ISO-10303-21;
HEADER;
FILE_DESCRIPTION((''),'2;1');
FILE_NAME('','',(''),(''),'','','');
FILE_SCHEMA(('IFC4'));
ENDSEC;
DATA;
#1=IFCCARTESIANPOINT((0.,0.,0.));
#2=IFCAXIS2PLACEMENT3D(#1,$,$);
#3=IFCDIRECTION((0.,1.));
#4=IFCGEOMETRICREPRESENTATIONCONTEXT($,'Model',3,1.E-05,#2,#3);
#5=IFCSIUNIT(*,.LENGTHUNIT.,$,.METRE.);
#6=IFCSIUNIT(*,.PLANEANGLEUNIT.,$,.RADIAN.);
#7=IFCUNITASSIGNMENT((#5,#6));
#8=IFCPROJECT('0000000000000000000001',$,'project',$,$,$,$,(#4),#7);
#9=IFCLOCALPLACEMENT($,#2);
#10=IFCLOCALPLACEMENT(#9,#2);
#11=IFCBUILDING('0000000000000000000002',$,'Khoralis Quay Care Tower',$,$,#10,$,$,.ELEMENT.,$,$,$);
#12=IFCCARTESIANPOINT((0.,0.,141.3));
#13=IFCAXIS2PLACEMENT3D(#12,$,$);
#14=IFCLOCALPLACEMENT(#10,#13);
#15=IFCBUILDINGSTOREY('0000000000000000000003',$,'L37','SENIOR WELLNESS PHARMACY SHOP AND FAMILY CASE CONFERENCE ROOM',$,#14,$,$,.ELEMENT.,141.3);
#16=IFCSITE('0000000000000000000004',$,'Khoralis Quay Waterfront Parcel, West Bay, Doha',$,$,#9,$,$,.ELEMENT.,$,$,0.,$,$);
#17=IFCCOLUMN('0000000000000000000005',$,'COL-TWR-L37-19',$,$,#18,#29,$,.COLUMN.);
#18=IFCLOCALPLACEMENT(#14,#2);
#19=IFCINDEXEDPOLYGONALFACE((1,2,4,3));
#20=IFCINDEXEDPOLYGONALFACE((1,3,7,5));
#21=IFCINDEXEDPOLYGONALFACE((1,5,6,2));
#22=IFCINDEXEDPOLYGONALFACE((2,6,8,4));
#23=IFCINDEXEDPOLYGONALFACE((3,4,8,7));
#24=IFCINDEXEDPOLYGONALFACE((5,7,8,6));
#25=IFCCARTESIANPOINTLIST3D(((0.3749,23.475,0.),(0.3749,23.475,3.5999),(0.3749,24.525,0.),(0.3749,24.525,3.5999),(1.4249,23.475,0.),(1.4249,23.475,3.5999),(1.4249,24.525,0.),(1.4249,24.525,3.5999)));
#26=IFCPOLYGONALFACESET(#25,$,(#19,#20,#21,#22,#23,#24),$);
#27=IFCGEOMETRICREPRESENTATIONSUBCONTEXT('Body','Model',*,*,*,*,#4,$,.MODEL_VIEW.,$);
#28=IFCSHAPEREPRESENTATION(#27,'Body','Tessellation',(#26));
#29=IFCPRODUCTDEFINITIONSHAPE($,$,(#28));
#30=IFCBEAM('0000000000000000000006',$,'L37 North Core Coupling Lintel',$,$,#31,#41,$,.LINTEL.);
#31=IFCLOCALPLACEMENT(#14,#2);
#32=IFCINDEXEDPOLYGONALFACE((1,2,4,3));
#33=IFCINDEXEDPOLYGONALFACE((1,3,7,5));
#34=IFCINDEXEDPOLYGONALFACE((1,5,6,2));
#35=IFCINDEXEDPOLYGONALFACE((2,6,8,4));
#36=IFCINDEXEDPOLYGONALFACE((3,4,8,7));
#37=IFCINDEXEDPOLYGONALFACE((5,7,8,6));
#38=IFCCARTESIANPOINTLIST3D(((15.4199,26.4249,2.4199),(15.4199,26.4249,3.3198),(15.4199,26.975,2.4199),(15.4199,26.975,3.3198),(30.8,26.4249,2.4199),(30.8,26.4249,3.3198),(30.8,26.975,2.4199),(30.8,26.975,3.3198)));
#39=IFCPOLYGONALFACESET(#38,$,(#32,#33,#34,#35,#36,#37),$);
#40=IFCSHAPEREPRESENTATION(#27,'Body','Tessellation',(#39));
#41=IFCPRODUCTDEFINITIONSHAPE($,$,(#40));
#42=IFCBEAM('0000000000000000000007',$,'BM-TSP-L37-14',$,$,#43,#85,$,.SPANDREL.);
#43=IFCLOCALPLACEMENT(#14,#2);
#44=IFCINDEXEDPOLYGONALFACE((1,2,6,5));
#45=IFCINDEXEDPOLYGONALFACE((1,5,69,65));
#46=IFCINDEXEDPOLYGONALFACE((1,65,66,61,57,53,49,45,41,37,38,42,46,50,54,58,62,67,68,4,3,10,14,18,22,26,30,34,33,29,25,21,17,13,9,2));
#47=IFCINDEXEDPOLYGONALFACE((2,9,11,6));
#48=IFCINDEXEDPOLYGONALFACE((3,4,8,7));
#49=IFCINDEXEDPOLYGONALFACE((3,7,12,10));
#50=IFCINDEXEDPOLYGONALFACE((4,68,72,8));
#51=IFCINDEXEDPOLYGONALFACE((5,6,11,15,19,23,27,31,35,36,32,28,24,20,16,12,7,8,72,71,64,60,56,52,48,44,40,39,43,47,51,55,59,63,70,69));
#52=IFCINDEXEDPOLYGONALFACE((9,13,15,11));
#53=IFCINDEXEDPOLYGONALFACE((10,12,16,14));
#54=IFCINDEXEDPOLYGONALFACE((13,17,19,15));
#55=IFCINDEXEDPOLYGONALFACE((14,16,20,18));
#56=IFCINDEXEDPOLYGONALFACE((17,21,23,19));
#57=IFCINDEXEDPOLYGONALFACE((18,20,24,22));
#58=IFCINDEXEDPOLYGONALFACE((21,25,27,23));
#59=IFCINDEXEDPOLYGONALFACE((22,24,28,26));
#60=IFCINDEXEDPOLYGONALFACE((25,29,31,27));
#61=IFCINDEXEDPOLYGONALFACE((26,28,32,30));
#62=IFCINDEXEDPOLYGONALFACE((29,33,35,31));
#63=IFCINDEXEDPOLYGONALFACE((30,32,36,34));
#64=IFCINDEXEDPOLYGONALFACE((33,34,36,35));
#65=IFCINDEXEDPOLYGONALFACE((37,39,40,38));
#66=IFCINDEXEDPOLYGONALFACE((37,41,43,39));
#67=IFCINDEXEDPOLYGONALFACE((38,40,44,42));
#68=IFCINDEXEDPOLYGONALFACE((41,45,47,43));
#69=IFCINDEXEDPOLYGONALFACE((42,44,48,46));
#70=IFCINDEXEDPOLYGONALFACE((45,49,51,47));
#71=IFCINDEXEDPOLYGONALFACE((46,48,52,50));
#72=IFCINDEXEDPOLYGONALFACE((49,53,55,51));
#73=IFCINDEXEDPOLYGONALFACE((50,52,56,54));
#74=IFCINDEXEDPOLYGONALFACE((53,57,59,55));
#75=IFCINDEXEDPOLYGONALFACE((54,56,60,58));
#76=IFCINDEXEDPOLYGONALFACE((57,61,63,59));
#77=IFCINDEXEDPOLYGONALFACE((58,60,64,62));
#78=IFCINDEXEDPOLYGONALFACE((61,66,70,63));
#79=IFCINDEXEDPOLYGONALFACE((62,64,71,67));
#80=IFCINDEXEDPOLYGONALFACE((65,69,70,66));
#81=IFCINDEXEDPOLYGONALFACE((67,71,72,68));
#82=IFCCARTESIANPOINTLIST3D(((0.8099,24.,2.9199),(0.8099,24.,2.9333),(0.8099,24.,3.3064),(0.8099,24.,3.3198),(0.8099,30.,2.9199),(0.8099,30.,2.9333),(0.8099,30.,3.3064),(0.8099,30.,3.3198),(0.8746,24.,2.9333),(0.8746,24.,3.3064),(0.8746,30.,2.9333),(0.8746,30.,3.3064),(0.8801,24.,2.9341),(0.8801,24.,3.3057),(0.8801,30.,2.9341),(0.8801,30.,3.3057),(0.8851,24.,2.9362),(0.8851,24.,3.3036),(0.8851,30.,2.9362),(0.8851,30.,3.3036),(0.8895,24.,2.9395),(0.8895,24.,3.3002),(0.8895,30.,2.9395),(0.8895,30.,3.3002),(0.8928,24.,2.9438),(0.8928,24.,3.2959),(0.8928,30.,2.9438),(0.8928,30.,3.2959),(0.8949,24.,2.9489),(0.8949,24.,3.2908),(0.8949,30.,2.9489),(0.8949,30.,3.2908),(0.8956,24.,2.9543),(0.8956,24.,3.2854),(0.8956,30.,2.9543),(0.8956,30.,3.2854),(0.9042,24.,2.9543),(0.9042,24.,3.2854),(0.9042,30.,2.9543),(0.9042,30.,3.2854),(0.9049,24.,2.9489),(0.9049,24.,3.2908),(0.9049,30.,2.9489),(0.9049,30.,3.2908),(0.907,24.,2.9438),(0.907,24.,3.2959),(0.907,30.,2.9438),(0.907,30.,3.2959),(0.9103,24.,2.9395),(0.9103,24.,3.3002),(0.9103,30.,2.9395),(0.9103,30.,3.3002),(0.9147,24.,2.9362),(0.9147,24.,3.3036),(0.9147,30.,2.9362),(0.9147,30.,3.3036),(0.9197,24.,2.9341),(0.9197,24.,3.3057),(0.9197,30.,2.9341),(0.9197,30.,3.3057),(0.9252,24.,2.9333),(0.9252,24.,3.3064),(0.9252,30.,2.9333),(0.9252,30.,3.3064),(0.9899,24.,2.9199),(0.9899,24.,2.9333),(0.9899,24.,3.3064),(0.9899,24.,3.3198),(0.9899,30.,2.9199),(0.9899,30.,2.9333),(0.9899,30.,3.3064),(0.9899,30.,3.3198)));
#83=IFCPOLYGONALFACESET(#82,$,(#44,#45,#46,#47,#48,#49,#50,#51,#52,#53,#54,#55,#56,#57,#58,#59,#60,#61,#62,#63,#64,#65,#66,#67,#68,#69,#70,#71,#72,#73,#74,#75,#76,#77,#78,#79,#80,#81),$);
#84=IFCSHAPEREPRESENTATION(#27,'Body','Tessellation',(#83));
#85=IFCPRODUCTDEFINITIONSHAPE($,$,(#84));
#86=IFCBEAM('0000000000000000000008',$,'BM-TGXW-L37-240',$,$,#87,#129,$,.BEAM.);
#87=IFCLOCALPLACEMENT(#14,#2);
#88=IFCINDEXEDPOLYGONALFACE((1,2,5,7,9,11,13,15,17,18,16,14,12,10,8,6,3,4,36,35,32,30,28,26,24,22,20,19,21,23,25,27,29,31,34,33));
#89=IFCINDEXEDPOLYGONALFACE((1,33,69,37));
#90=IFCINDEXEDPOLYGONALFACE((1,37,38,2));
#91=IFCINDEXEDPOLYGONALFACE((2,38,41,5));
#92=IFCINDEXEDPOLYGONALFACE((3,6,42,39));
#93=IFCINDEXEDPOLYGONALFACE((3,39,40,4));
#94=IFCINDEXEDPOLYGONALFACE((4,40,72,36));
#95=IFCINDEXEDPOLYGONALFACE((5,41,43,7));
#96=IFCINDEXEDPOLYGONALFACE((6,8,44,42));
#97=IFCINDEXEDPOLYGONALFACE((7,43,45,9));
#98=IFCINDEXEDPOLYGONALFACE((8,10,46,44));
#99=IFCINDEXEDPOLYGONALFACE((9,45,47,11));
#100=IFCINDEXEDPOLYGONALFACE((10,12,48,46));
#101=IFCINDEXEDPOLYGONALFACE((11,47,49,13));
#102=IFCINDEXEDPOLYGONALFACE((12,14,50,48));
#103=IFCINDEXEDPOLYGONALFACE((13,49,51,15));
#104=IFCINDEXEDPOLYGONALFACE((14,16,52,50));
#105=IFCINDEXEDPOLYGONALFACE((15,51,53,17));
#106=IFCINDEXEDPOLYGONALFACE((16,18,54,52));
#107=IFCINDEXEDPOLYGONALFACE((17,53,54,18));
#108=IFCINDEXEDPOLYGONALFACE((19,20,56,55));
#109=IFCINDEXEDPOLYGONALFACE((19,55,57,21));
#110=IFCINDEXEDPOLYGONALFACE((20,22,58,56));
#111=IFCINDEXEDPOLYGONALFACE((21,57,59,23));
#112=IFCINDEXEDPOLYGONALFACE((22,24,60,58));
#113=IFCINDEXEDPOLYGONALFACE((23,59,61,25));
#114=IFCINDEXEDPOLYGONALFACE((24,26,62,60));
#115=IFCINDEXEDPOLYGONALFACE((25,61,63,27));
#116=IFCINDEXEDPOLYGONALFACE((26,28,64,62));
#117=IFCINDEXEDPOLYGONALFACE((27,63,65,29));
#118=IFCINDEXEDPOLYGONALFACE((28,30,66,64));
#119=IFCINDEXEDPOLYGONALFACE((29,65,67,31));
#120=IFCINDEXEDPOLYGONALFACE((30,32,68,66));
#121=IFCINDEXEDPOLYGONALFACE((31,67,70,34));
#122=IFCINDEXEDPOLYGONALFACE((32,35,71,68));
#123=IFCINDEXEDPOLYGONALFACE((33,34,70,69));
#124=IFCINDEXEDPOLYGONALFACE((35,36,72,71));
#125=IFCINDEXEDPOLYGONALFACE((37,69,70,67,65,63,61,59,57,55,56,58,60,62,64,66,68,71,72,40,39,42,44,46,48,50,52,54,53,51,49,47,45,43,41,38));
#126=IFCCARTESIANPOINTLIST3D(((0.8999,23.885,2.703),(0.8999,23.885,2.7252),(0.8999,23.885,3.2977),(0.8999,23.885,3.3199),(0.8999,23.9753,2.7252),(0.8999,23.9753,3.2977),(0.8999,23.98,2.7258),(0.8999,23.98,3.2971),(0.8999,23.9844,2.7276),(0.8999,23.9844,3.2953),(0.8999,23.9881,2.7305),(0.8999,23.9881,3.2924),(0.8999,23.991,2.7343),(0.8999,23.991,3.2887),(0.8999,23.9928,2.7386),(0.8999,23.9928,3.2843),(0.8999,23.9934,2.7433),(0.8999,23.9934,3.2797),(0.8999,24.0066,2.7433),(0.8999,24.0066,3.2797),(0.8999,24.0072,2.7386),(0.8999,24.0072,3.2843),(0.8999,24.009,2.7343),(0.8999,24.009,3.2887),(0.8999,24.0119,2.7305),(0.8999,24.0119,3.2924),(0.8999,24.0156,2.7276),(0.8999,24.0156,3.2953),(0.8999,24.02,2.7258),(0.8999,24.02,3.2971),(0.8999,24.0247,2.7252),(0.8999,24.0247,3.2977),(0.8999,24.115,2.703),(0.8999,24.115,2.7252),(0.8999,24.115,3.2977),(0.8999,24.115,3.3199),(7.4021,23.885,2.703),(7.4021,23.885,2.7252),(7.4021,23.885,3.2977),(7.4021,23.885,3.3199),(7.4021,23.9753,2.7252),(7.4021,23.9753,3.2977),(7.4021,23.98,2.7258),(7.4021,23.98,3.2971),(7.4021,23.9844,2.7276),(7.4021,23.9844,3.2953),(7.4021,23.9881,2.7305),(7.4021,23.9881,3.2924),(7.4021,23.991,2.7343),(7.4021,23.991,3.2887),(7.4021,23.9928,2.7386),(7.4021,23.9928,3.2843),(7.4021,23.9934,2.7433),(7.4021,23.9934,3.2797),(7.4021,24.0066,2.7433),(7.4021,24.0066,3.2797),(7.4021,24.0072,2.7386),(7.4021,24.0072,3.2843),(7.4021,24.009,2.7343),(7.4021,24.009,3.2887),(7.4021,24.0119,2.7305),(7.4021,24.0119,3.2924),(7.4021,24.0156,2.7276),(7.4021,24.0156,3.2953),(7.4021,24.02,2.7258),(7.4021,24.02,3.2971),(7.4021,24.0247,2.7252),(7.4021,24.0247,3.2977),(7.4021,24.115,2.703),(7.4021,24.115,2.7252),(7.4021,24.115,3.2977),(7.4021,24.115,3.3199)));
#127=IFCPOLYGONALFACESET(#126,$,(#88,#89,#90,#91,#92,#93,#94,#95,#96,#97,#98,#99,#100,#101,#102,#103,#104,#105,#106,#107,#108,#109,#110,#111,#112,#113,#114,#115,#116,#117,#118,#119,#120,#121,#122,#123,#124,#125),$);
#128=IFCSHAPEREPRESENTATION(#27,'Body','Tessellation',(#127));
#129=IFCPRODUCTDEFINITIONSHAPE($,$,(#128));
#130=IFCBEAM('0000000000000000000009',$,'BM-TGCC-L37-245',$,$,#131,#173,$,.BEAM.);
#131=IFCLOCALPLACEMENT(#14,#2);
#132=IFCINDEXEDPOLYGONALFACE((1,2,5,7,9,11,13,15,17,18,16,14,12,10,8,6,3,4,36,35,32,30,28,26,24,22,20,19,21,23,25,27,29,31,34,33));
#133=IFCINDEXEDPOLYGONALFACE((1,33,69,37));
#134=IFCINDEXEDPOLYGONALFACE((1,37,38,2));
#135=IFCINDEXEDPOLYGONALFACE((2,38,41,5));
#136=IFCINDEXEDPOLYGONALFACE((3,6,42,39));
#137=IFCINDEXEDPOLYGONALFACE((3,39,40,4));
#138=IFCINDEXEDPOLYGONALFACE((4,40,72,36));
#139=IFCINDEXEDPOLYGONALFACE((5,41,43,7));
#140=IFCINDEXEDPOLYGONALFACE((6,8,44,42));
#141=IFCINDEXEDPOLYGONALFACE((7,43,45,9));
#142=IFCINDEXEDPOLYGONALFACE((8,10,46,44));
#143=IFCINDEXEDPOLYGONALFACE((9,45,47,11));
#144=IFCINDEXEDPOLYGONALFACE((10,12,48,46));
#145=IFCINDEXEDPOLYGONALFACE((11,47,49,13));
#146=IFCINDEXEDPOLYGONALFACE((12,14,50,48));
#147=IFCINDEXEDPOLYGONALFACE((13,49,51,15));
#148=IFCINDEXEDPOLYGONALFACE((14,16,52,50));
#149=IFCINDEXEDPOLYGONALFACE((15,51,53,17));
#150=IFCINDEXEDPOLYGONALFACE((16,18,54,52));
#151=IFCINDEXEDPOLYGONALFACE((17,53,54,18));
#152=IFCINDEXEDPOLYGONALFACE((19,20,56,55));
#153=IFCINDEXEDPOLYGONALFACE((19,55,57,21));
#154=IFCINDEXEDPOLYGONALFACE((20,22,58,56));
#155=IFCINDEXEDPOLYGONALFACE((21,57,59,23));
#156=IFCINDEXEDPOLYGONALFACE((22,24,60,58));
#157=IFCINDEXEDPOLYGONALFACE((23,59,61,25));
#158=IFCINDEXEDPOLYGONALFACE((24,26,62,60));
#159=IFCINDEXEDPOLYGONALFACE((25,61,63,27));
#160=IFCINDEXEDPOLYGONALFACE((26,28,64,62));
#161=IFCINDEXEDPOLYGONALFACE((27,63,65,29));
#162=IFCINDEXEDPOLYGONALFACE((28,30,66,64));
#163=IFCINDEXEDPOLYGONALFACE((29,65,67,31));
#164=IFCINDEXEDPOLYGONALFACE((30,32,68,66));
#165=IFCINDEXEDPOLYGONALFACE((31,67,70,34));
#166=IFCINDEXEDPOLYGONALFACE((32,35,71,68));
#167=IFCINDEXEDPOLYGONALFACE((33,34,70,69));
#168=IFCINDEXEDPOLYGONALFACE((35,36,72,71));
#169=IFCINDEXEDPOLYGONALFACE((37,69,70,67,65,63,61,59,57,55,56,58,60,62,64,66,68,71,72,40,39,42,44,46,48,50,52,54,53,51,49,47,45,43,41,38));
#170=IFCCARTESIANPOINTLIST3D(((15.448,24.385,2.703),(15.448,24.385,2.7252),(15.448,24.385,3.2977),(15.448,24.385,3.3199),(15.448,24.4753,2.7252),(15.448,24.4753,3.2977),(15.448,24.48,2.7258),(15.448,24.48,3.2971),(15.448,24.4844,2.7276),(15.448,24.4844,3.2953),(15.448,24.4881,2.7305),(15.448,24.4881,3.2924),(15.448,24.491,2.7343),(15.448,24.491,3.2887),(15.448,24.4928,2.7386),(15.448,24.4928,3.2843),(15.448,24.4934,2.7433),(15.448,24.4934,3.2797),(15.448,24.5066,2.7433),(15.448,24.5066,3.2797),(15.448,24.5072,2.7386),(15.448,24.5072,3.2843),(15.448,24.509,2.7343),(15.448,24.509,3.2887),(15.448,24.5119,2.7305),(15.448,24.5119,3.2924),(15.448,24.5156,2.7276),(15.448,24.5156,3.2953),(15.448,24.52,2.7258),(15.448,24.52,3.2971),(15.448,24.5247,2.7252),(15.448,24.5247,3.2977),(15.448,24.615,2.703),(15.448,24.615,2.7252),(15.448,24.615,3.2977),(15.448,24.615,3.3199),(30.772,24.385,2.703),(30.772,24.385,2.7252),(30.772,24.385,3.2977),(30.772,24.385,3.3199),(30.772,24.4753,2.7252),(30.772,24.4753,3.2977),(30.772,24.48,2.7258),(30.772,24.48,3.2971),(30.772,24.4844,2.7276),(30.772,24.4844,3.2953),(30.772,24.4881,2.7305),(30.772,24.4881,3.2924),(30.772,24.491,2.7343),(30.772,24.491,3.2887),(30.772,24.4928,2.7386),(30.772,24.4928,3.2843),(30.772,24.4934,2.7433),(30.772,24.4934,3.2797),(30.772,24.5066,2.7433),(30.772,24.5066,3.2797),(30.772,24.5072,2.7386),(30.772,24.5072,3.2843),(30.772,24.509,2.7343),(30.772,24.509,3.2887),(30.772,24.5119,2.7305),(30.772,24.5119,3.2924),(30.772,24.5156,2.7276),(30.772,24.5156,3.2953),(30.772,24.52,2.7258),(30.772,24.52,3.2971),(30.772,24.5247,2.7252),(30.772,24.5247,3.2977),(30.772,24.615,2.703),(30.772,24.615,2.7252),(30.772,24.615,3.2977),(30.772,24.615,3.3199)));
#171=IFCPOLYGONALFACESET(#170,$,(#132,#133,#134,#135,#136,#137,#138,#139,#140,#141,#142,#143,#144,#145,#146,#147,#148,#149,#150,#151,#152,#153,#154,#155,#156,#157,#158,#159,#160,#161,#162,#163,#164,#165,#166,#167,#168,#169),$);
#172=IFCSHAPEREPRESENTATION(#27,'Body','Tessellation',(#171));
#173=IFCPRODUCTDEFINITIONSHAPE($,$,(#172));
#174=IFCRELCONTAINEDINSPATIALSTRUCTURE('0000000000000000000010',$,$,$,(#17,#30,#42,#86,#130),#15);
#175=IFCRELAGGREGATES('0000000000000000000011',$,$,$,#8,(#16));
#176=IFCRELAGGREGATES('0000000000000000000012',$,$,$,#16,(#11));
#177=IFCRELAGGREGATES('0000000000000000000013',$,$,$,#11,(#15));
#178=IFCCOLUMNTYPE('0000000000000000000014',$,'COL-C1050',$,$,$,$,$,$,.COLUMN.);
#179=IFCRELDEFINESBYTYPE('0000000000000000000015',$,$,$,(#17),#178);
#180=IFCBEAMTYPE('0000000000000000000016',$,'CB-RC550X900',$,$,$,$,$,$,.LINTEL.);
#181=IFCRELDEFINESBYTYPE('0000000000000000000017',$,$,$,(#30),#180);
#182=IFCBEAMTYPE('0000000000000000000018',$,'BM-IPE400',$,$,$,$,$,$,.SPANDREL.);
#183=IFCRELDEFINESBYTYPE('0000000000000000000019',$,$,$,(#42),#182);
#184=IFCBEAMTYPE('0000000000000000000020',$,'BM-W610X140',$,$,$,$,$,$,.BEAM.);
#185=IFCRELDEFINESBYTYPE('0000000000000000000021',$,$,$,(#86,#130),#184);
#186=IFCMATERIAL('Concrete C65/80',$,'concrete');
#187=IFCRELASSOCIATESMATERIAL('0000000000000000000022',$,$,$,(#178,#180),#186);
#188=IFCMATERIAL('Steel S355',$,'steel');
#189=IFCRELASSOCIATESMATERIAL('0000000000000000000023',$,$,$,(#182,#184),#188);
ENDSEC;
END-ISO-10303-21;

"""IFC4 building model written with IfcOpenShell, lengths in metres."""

from ifc_helpers import new_model, si_unit, direction, frame, origin, origin_2d, place, context, subcontext, project, spatial, rectangle, i_section, extrude, source, transform, mapped, material, material_profile, profile_set, type_object, element, save


model = new_model("IFC4")

# Units and contexts
model_context = context("Model", 3, precision=1e-05, world=origin(), true_north=direction((0.0, 1.0)))
body_context = subcontext(model_context, "Body", "Model", "MODEL_VIEW")
ifc_project = project(units=[si_unit("LENGTHUNIT", "METRE"), si_unit("PLANEANGLEUNIT", "RADIAN")], contexts=[model_context])

# Site, building, storey
site_placement = place(None, origin())
site = spatial("IfcSite", under=ifc_project, at=site_placement, Name="Khoralis Quay Waterfront Parcel, West Bay, Doha", CompositionType="ELEMENT", RefElevation=0.0)
building_placement = place(site_placement, origin())
building = spatial("IfcBuilding", under=site, at=building_placement, Name="Khoralis Quay Care Tower", CompositionType="ELEMENT")
storey_placement = place(building_placement, frame((0.0, 0.0, 141.3)))
storey = spatial("IfcBuildingStorey", under=building, at=storey_placement, Name="L37", Description="SENIOR WELLNESS PHARMACY SHOP AND FAMILY CASE CONFERENCE ROOM", CompositionType="ELEMENT", Elevation=141.3)

# Column
ifc_material_1 = material(Name="Concrete C65/80", Category="concrete")
ifc_material_profile_1 = material_profile(ifc_material_1, rectangle(XDim=1.05, YDim=1.05, at=origin_2d()), Name="Concrete C65/80")
ifc_profile_set_1 = profile_set([ifc_material_profile_1], Name="Concrete C65/80")
column_type = type_object("IfcColumnType", Name="COL-C1050", PredefinedType="COLUMN", material=ifc_profile_set_1)
shared_shape_1 = source(origin(), body_context, "Body", "SweptSolid", [
    extrude(rectangle(XDim=1.05, YDim=1.05, at=origin_2d()), origin(), (0.0, 0.0, 1.0), 3.5999),
])
column_placement = place(storey_placement, frame((0.8999, 24.0, 0.0), z_axis=(0.0, 0.0, 1.0), x_axis=(1.0, 0.0, 0.0)))
element("IfcColumn", 1, at=column_placement, inside=storey, type_object=column_type, Name="COL-TWR-L37-19", PredefinedType="COLUMN", context=body_context, shape_type="MappedRepresentation", body=[
    mapped(shared_shape_1, transform((0.0, 0.0, 0.0), scale=1.0)),
])

# Beams
ifc_material_profile_2 = material_profile(ifc_material_1, rectangle(XDim=0.55, YDim=0.8999, at=origin_2d()), Name="Concrete C65/80")
ifc_profile_set_2 = profile_set([ifc_material_profile_2], Name="Concrete C65/80")
beam_type_1 = type_object("IfcBeamType", Name="CB-RC550X900", PredefinedType="LINTEL", material=ifc_profile_set_2)
shared_shape_2 = source(origin(), body_context, "Body", "SweptSolid", [
    extrude(rectangle(XDim=0.55, YDim=0.8999, at=origin_2d()), origin(), (0.0, 0.0, 1.0), 15.3801),
])
beam_1_placement = place(storey_placement, frame((15.4199, 26.7, 2.8699), z_axis=(1.0, 0.0, 0.0), x_axis=(0.0, 1.0, 0.0)))
element("IfcBeam", 2, at=beam_1_placement, inside=storey, type_object=beam_type_1, Name="L37 North Core Coupling Lintel", PredefinedType="LINTEL", context=body_context, shape_type="MappedRepresentation", body=[
    mapped(shared_shape_2, transform((0.0, 0.0, 0.0), scale=1.0)),
])
ifc_material_2 = material(Name="Steel S355", Category="steel")
ifc_material_profile_3 = material_profile(ifc_material_2, i_section(OverallWidth=0.1799, OverallDepth=0.3999, WebThickness=0.0085, FlangeThickness=0.0134, FilletRadius=0.021, at=origin_2d()), Name="Steel S355")
ifc_profile_set_3 = profile_set([ifc_material_profile_3], Name="Steel S355")
beam_type_2 = type_object("IfcBeamType", Name="BM-IPE400", PredefinedType="SPANDREL", material=ifc_profile_set_3)
shared_shape_3 = source(origin(), body_context, "Body", "SweptSolid", [
    extrude(i_section(OverallWidth=0.1799, OverallDepth=0.3999, WebThickness=0.0085, FlangeThickness=0.0134, FilletRadius=0.021, at=origin_2d()), origin(), (0.0, 0.0, 1.0), 6.0),
])
beam_2_placement = place(storey_placement, frame((0.8999, 24.0, 3.1199), z_axis=(0.0, 1.0, 0.0), x_axis=(-1.0, 0.0, 0.0)))
element("IfcBeam", 3, at=beam_2_placement, inside=storey, type_object=beam_type_2, Name="BM-TSP-L37-14", PredefinedType="SPANDREL", context=body_context, shape_type="MappedRepresentation", body=[
    mapped(shared_shape_3, transform((0.0, 0.0, 0.0), scale=1.0)),
])
ifc_material_profile_4 = material_profile(ifc_material_2, i_section(OverallWidth=0.23, OverallDepth=0.6169, WebThickness=0.0132, FlangeThickness=0.0222, FilletRadius=0.0181, at=origin_2d()), Name="Steel S355")
ifc_profile_set_4 = profile_set([ifc_material_profile_4], Name="Steel S355")
beam_type_3 = type_object("IfcBeamType", Name="BM-W610X140", PredefinedType="BEAM", material=ifc_profile_set_4)
shared_shape_4 = source(origin(), body_context, "Body", "SweptSolid", [
    extrude(i_section(OverallWidth=0.23, OverallDepth=0.6169, WebThickness=0.0132, FlangeThickness=0.0222, FilletRadius=0.0181, at=origin_2d()), origin(), (0.0, 0.0, 1.0), 6.5022),
])
beam_3_placement = place(storey_placement, frame((0.8999, 24.0, 3.0115), z_axis=(1.0, 0.0, 0.0), x_axis=(0.0, 1.0, 0.0)))
element("IfcBeam", 4, at=beam_3_placement, inside=storey, type_object=beam_type_3, Name="BM-TGXW-L37-240", PredefinedType="BEAM", context=body_context, shape_type="MappedRepresentation", body=[
    mapped(shared_shape_4, transform((0.0, 0.0, 0.0), scale=1.0)),
])
shared_shape_5 = source(origin(), body_context, "Body", "SweptSolid", [
    extrude(i_section(OverallWidth=0.23, OverallDepth=0.6169, WebThickness=0.0132, FlangeThickness=0.0222, FilletRadius=0.0181, at=origin_2d()), origin(), (0.0, 0.0, 1.0), 15.324),
])
beam_4_placement = place(storey_placement, frame((15.448, 24.5, 3.0115), z_axis=(1.0, 0.0, 0.0), x_axis=(0.0, 1.0, 0.0)))
element("IfcBeam", 5, at=beam_4_placement, inside=storey, type_object=beam_type_3, Name="BM-TGCC-L37-245", PredefinedType="BEAM", context=body_context, shape_type="MappedRepresentation", body=[
    mapped(shared_shape_5, transform((0.0, 0.0, 0.0), scale=1.0)),
])

save(model, "model.ifc")
